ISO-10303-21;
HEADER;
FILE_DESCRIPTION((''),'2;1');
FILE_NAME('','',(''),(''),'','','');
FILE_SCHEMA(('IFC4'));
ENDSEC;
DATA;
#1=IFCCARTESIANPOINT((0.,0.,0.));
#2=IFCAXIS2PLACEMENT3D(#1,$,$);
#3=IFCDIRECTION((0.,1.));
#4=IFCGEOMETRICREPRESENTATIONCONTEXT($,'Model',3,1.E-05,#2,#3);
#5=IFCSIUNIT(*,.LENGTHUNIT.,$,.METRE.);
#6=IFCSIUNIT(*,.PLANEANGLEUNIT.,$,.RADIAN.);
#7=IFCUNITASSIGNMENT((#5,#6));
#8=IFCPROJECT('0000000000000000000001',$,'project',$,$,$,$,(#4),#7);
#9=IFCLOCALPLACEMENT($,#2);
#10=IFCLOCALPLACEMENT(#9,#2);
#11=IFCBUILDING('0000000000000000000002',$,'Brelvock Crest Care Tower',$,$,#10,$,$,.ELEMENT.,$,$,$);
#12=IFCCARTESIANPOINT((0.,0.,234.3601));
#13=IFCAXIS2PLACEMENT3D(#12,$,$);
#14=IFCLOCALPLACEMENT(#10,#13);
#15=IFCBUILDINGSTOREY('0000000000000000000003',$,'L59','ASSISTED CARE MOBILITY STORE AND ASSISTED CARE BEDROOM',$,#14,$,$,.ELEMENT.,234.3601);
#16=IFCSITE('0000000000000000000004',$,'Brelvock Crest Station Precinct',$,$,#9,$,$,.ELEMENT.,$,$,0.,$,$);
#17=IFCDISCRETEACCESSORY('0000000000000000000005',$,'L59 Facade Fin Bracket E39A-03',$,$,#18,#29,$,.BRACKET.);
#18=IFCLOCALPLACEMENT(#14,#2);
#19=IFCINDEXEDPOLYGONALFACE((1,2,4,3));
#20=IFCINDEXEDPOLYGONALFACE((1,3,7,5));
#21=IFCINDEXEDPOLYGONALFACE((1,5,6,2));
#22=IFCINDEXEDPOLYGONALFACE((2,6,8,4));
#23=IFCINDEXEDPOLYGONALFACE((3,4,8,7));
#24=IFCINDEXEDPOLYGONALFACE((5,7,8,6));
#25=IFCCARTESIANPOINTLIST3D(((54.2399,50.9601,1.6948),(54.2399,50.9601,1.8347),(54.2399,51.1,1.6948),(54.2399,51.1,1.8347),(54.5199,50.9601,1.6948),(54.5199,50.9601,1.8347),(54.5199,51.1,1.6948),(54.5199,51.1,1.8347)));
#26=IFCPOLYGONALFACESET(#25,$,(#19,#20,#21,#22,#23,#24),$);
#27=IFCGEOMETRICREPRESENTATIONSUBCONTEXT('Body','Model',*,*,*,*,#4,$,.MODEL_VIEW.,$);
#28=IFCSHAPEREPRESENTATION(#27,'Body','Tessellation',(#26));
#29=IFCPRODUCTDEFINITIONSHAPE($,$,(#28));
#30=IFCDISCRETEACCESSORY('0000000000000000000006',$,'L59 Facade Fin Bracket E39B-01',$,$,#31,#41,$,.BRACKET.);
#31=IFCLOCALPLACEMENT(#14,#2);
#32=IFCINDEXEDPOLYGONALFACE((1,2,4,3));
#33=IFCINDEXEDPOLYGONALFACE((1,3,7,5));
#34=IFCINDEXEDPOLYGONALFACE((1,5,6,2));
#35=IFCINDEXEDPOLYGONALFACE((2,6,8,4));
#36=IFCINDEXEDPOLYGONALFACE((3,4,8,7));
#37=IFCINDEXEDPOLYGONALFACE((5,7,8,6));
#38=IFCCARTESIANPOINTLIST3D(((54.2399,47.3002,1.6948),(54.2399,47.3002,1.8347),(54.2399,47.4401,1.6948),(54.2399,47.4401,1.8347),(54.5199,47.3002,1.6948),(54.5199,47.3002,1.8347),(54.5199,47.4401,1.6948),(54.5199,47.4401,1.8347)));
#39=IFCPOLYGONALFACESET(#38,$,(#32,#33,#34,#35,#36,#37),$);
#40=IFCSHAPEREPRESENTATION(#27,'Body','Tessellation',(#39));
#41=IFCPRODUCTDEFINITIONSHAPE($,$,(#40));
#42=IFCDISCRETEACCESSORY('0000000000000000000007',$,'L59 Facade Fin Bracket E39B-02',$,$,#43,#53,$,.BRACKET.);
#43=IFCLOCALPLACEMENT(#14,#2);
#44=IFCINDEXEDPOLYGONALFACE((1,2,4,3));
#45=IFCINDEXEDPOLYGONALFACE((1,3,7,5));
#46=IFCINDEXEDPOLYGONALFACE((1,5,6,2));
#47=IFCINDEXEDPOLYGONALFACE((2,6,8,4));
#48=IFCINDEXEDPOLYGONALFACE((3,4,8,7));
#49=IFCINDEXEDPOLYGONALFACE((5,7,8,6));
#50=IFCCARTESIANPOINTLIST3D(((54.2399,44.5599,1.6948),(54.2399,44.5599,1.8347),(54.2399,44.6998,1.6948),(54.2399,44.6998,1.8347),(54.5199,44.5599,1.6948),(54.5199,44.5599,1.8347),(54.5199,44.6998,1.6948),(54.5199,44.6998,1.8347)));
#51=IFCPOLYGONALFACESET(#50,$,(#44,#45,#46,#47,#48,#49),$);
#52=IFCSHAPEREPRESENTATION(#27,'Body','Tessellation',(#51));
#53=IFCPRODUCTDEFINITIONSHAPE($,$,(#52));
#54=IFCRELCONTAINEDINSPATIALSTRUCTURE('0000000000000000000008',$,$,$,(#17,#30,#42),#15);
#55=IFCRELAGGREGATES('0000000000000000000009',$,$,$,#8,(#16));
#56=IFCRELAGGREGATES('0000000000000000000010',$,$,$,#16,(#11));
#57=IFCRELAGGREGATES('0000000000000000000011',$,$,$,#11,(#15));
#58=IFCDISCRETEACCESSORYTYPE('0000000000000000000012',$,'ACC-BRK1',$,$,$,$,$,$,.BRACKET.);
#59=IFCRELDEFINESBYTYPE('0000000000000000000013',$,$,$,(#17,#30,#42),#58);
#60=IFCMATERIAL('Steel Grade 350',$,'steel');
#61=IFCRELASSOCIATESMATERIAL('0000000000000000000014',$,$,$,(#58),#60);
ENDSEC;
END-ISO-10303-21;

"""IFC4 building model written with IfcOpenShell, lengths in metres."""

from ifc_helpers import new_model, si_unit, direction, frame, origin, origin_2d, place, context, subcontext, project, spatial, rectangle, extrude, source, transform, mapped, material, type_object, element, save


model = new_model("IFC4")

# Units and contexts
model_context = context("Model", 3, precision=1e-05, world=origin(), true_north=direction((0.0, 1.0)))
body_context = subcontext(model_context, "Body", "Model", "MODEL_VIEW")
ifc_project = project(units=[si_unit("LENGTHUNIT", "METRE"), si_unit("PLANEANGLEUNIT", "RADIAN")], contexts=[model_context])

# Site, building, storey
site_placement = place(None, origin())
site = spatial("IfcSite", under=ifc_project, at=site_placement, Name="Brelvock Crest Station Precinct", CompositionType="ELEMENT", RefElevation=0.0)
building_placement = place(site_placement, origin())
building = spatial("IfcBuilding", under=site, at=building_placement, Name="Brelvock Crest Care Tower", CompositionType="ELEMENT")
storey_placement = place(building_placement, frame((0.0, 0.0, 234.3601)))
storey = spatial("IfcBuildingStorey", under=building, at=storey_placement, Name="L59", Description="ASSISTED CARE MOBILITY STORE AND ASSISTED CARE BEDROOM", CompositionType="ELEMENT", Elevation=234.3601)

# Discrete accessories
ifc_material_1 = material(Name="Steel Grade 350", Category="steel")
discrete_accessory_type = type_object("IfcDiscreteAccessoryType", Name="ACC-BRK1", PredefinedType="BRACKET", material=ifc_material_1)
shared_shape_1 = source(origin(), body_context, "Body", "SweptSolid", [
    extrude(rectangle(XDim=0.28, YDim=0.1399, at=origin_2d()), origin(), (0.0, 0.0, 1.0), 0.1399),
])
for number, where, z_axis, x_axis, name in (
    (1, (54.3799, 51.03, 1.6948), (0.0, 0.0, 1.0), (1.0, 0.0, 0.0), "L59 Facade Fin Bracket E39A-03"),
    (2, (54.3799, 47.3701, 1.6948), (0.0, 0.0, 1.0), (1.0, 0.0, 0.0), "L59 Facade Fin Bracket E39B-01"),
    (3, (54.3799, 44.6299, 1.6948), (0.0, 0.0, 1.0), (1.0, 0.0, 0.0), "L59 Facade Fin Bracket E39B-02"),
):
    element("IfcDiscreteAccessory", number, at=place(storey_placement, frame(where, z_axis=z_axis, x_axis=x_axis)), inside=storey, type_object=discrete_accessory_type, Name=name, PredefinedType="BRACKET", context=body_context, shape_type="MappedRepresentation", body=[
        mapped(shared_shape_1, transform((0.0, 0.0, 0.0), x_axis=(1.0, 0.0, 0.0), y_axis=(0.0, 1.0, 0.0), z_axis=(0.0, 0.0, 1.0), scale=1.0)),
    ])

save(model, "model.ifc")
